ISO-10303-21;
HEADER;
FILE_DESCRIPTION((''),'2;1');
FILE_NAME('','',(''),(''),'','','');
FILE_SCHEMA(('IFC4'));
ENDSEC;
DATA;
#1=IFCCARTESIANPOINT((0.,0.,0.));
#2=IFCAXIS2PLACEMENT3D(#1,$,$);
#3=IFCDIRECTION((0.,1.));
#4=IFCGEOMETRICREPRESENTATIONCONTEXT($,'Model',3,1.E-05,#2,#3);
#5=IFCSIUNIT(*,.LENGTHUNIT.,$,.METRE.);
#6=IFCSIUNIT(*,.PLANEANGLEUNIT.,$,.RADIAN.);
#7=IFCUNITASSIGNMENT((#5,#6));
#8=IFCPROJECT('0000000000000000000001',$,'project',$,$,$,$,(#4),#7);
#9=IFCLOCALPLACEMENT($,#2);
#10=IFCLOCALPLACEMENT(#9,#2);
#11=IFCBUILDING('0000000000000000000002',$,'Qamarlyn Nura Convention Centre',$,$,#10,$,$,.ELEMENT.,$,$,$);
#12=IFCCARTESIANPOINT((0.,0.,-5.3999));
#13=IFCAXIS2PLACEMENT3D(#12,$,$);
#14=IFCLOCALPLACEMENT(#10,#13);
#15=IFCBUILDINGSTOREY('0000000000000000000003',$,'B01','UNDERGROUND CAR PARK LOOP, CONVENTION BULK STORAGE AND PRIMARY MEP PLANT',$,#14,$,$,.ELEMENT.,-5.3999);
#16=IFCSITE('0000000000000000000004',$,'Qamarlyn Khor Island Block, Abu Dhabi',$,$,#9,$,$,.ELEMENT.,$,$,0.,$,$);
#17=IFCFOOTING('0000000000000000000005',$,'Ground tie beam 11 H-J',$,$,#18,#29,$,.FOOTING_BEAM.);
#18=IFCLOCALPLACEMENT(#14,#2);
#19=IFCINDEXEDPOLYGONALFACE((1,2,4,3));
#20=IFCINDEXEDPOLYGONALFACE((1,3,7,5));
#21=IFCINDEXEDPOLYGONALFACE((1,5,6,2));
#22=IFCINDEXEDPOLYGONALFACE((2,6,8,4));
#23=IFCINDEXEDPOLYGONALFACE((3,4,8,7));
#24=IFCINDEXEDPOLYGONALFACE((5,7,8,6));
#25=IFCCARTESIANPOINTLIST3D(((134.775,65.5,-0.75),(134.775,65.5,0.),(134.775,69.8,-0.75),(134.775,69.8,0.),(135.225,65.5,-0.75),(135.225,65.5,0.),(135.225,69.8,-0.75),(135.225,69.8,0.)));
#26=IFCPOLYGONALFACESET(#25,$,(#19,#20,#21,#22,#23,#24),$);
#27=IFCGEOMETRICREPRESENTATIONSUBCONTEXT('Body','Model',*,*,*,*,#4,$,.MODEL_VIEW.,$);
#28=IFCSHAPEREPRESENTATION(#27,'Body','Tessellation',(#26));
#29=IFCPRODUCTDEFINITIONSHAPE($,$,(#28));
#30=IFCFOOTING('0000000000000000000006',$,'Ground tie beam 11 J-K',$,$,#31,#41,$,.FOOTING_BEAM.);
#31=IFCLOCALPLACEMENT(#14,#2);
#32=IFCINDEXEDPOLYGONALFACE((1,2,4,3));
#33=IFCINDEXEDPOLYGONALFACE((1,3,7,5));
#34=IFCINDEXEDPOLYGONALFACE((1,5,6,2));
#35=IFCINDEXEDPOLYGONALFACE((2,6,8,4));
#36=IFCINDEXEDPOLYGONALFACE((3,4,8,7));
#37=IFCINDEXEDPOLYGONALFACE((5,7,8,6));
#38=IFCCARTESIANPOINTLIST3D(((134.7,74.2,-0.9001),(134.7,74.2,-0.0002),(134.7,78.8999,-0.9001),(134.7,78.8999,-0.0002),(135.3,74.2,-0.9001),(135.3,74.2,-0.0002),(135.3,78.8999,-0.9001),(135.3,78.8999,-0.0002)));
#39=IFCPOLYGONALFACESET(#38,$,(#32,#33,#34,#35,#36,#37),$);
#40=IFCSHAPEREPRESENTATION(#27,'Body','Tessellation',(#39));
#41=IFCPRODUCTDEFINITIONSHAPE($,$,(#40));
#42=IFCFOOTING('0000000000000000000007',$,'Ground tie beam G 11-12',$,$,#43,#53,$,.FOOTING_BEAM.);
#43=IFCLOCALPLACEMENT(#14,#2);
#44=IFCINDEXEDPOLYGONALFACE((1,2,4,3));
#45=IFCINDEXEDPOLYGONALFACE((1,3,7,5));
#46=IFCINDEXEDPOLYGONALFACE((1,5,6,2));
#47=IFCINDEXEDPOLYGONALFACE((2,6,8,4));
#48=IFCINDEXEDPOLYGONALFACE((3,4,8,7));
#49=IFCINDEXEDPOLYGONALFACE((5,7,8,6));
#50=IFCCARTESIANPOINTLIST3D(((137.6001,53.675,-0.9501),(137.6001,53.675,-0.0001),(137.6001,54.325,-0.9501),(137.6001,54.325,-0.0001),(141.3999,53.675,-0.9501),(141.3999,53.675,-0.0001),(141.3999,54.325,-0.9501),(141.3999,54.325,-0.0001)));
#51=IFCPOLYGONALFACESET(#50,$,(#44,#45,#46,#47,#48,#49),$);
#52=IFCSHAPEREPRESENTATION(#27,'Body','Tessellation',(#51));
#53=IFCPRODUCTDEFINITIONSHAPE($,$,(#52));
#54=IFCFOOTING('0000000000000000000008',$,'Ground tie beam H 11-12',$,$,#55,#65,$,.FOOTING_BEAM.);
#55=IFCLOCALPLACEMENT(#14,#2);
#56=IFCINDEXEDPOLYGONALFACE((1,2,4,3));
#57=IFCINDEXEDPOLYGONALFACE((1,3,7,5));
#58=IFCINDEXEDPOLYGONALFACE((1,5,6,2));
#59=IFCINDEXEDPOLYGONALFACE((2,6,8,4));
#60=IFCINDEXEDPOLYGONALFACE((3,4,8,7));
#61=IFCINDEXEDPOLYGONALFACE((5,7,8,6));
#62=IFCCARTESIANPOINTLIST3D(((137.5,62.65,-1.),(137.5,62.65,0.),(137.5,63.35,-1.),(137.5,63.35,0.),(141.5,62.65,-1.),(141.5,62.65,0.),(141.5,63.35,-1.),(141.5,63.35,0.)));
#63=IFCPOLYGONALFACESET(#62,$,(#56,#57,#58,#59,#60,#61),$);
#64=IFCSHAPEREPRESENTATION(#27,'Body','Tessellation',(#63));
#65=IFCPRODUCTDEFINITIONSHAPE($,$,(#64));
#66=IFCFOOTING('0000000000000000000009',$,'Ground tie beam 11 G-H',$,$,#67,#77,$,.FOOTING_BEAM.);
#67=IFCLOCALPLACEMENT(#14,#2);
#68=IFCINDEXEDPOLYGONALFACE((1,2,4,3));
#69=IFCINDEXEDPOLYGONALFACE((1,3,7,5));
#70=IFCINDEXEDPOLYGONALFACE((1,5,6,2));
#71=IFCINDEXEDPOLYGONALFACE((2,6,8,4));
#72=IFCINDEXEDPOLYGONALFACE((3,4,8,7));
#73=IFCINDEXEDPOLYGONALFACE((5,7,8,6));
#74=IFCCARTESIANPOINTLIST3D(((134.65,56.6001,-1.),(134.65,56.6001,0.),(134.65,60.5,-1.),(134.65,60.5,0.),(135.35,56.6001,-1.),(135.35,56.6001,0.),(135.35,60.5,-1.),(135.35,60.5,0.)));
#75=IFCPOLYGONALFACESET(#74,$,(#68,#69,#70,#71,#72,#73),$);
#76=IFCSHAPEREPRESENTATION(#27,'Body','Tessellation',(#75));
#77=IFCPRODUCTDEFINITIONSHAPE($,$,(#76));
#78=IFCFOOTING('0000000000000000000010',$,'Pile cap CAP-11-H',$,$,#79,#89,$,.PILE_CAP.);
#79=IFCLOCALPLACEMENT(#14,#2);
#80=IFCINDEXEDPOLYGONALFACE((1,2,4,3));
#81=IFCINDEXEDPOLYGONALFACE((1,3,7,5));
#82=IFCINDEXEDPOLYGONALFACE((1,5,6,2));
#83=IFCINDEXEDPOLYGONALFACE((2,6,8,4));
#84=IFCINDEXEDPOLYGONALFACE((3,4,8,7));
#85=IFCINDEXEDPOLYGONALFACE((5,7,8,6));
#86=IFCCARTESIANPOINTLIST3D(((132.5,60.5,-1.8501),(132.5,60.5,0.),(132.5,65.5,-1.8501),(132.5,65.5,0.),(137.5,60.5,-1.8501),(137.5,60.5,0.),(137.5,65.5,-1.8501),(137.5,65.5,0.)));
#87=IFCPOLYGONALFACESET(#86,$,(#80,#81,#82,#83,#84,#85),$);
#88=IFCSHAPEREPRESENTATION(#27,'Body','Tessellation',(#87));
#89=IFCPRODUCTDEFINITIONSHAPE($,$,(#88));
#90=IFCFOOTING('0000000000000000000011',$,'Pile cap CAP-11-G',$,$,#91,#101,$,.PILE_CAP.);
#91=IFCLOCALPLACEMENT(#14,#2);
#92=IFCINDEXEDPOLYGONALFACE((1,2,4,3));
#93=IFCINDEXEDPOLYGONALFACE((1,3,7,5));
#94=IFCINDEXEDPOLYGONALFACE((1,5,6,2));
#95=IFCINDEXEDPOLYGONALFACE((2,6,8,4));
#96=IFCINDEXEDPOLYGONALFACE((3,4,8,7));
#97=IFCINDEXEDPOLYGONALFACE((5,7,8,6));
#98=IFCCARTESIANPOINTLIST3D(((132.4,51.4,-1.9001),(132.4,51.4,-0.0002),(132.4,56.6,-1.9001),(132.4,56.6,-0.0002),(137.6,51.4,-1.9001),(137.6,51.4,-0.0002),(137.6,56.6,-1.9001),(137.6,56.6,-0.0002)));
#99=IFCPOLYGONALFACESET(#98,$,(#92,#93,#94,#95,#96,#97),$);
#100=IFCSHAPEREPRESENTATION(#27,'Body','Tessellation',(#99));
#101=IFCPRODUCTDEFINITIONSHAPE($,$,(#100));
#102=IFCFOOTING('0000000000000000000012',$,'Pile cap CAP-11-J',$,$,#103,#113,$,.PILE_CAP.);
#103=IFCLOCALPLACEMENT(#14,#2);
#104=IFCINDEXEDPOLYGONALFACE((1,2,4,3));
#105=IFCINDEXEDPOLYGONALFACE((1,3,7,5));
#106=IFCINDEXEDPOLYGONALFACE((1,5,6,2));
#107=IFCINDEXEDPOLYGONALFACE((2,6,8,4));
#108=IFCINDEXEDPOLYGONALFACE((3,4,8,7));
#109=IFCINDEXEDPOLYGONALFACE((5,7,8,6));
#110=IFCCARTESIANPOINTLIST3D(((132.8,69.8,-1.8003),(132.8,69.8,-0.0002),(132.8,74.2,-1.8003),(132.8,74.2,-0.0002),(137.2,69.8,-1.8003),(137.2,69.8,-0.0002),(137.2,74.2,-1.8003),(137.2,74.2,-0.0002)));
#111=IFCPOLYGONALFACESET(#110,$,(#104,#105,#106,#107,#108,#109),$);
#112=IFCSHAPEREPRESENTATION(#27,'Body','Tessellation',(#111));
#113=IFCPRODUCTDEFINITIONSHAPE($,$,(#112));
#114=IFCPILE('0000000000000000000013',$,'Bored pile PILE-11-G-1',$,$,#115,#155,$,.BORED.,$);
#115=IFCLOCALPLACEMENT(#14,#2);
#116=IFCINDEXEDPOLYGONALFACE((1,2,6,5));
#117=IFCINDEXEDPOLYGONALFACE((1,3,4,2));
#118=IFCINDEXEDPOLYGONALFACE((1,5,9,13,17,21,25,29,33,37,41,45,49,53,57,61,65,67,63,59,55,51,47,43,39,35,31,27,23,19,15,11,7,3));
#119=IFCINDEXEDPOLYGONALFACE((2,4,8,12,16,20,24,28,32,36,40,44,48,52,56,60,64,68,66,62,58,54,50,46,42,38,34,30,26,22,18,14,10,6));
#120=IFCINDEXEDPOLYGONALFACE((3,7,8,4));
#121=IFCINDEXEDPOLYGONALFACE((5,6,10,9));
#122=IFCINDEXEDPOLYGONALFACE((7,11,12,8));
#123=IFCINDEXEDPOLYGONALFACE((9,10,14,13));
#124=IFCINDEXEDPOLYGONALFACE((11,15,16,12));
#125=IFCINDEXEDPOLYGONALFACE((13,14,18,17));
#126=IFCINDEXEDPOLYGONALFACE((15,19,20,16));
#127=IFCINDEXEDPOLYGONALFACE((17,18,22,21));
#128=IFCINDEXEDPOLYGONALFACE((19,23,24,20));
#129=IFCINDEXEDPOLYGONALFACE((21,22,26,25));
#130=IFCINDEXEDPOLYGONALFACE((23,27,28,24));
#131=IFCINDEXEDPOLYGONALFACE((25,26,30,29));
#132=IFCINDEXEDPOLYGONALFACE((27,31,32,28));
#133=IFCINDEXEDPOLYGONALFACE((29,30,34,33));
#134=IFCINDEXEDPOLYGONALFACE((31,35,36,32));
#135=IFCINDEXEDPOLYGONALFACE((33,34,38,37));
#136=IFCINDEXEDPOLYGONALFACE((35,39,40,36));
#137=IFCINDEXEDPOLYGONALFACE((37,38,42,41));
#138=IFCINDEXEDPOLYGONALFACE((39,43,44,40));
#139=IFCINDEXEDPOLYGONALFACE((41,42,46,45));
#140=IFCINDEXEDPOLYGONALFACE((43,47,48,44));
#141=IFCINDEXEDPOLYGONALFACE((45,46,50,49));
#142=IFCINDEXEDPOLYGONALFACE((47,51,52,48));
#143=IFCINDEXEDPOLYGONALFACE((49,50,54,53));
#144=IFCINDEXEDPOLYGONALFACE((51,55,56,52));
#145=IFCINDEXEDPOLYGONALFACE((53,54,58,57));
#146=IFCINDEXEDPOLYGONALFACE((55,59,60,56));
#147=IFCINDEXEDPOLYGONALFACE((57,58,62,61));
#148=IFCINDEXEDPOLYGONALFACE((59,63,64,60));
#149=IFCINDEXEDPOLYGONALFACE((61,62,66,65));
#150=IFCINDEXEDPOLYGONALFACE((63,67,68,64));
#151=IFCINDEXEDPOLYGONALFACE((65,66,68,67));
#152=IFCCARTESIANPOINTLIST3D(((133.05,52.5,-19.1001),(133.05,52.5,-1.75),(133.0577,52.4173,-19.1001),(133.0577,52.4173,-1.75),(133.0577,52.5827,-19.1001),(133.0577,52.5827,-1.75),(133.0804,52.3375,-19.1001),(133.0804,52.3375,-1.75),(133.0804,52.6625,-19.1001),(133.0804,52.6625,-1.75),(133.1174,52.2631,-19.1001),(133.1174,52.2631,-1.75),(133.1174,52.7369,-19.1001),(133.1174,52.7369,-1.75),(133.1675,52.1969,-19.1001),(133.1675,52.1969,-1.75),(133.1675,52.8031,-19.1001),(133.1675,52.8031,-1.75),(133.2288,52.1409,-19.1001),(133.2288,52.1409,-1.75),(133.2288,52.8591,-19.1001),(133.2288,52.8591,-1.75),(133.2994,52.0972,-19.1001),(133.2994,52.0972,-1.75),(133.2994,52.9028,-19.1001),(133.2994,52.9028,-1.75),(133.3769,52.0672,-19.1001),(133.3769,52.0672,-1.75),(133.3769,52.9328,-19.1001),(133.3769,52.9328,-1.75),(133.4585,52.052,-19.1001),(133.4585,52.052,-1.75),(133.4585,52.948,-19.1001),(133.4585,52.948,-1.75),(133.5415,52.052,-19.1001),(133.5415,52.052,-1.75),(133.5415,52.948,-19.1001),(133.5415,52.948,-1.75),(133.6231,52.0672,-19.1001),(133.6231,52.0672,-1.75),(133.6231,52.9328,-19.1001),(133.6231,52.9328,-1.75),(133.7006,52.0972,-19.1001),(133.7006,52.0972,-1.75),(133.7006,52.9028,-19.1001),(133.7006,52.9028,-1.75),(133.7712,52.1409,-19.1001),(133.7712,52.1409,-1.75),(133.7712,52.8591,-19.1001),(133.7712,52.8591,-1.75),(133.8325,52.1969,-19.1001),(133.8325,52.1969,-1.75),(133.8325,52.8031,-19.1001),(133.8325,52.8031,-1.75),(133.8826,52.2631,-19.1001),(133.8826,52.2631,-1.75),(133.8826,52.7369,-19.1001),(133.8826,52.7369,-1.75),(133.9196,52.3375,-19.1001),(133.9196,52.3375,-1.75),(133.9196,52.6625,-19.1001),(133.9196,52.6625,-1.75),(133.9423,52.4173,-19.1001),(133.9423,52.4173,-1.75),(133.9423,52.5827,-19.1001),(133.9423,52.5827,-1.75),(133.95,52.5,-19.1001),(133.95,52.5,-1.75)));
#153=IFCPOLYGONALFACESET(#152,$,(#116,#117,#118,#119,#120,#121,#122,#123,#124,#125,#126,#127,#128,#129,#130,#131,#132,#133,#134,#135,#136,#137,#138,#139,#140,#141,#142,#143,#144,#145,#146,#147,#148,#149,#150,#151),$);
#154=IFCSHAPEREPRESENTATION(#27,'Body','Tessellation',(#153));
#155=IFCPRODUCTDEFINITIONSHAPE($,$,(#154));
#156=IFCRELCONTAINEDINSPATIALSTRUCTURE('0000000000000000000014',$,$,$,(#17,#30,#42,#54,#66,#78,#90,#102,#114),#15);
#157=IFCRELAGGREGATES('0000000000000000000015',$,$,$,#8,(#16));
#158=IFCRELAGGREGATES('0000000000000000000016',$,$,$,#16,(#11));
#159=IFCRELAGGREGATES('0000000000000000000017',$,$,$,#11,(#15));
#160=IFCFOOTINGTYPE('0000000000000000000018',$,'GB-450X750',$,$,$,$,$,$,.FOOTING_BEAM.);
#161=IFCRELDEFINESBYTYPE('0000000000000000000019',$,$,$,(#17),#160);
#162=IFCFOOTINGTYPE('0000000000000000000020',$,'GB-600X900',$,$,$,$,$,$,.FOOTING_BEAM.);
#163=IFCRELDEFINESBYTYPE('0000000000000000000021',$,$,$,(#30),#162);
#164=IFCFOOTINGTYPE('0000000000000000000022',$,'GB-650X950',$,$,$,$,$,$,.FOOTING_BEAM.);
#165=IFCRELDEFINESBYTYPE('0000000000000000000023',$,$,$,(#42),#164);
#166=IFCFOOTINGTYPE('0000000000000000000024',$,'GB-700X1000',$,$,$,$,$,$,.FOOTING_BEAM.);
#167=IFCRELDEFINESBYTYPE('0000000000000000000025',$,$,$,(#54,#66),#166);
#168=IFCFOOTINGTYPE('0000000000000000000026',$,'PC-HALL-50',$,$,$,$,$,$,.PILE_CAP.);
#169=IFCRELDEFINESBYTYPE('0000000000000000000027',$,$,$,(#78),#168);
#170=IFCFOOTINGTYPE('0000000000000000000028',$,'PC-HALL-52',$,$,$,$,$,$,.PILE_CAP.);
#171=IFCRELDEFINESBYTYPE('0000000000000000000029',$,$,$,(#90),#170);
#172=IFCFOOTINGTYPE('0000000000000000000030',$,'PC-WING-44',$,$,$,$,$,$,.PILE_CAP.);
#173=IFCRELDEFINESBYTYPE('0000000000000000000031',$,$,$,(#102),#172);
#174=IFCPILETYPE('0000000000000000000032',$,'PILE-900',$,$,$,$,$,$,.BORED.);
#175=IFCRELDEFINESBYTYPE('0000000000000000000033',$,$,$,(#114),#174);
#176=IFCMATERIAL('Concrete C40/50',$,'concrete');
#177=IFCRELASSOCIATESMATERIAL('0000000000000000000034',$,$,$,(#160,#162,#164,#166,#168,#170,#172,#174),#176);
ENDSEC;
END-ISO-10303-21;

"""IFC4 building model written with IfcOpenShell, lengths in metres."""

from ifc_helpers import new_model, si_unit, direction, frame, origin, origin_2d, place, context, subcontext, project, spatial, rectangle, circle, extrude, material, material_profile, profile_set, type_object, element, save


model = new_model("IFC4")

# Units and contexts
model_context = context("Model", 3, precision=1e-05, world=origin(), true_north=direction((0.0, 1.0)))
body_context = subcontext(model_context, "Body", "Model", "MODEL_VIEW")
ifc_project = project(units=[si_unit("LENGTHUNIT", "METRE"), si_unit("PLANEANGLEUNIT", "RADIAN")], contexts=[model_context])

# Site, building, storey
site_placement = place(None, origin())
site = spatial("IfcSite", under=ifc_project, at=site_placement, Name="Qamarlyn Khor Island Block, Abu Dhabi", CompositionType="ELEMENT", RefElevation=0.0)
building_placement = place(site_placement, origin())
building = spatial("IfcBuilding", under=site, at=building_placement, Name="Qamarlyn Nura Convention Centre", CompositionType="ELEMENT")
storey_placement = place(building_placement, frame((0.0, 0.0, -5.3999)))
storey = spatial("IfcBuildingStorey", under=building, at=storey_placement, Name="B01", Description="UNDERGROUND CAR PARK LOOP, CONVENTION BULK STORAGE AND PRIMARY MEP PLANT", CompositionType="ELEMENT", Elevation=-5.3999)

# Footings
ifc_material_1 = material(Name="Concrete C40/50", Category="concrete")
ifc_material_profile_1 = material_profile(ifc_material_1, rectangle(XDim=0.45, YDim=0.75, at=origin_2d()), Name="RC GB 450x750")
ifc_profile_set_1 = profile_set([ifc_material_profile_1], Name="Concrete C40/50")
footing_type_1 = type_object("IfcFootingType", Name="GB-450X750", PredefinedType="FOOTING_BEAM", material=ifc_profile_set_1)
footing_1_placement = place(storey_placement, frame((135.0, 65.5, -0.375), z_axis=(0.0, 1.0, 0.0), x_axis=(-1.0, 0.0, 0.0)))
element("IfcFooting", 1, at=footing_1_placement, inside=storey, type_object=footing_type_1, Name="Ground tie beam 11 H-J", PredefinedType="FOOTING_BEAM", context=body_context, shape_type="SweptSolid", body=[
    extrude(rectangle(XDim=0.45, YDim=0.75, at=origin_2d()), origin(), (0.0, 0.0, 1.0), 4.3),
])
ifc_material_profile_2 = material_profile(ifc_material_1, rectangle(XDim=0.6001, YDim=0.8999, at=origin_2d()), Name="RC GB 600x900")
ifc_profile_set_2 = profile_set([ifc_material_profile_2], Name="Concrete C40/50")
footing_type_2 = type_object("IfcFootingType", Name="GB-600X900", PredefinedType="FOOTING_BEAM", material=ifc_profile_set_2)
footing_2_placement = place(storey_placement, frame((135.0, 74.2, -0.4502), z_axis=(0.0, 1.0, 0.0), x_axis=(-1.0, 0.0, 0.0)))
element("IfcFooting", 2, at=footing_2_placement, inside=storey, type_object=footing_type_2, Name="Ground tie beam 11 J-K", PredefinedType="FOOTING_BEAM", context=body_context, shape_type="SweptSolid", body=[
    extrude(rectangle(XDim=0.6001, YDim=0.8999, at=origin_2d()), origin(), (0.0, 0.0, 1.0), 4.7),
])
ifc_material_profile_3 = material_profile(ifc_material_1, rectangle(XDim=0.6499, YDim=0.95, at=origin_2d()), Name="RC GB 650x950")
ifc_profile_set_3 = profile_set([ifc_material_profile_3], Name="Concrete C40/50")
footing_type_3 = type_object("IfcFootingType", Name="GB-650X950", PredefinedType="FOOTING_BEAM", material=ifc_profile_set_3)
footing_3_placement = place(storey_placement, frame((137.6001, 54.0, -0.4751), z_axis=(1.0, 0.0, 0.0), x_axis=(0.0, 1.0, 0.0)))
element("IfcFooting", 3, at=footing_3_placement, inside=storey, type_object=footing_type_3, Name="Ground tie beam G 11-12", PredefinedType="FOOTING_BEAM", context=body_context, shape_type="SweptSolid", body=[
    extrude(rectangle(XDim=0.6499, YDim=0.95, at=origin_2d()), origin(), (0.0, 0.0, 1.0), 3.7998),
])
ifc_material_profile_4 = material_profile(ifc_material_1, rectangle(XDim=0.7, YDim=1.0, at=origin_2d()), Name="RC GB 700x1000")
ifc_profile_set_4 = profile_set([ifc_material_profile_4], Name="Concrete C40/50")
footing_type_4 = type_object("IfcFootingType", Name="GB-700X1000", PredefinedType="FOOTING_BEAM", material=ifc_profile_set_4)
footing_4_placement = place(storey_placement, frame((137.5, 63.0, -0.5), z_axis=(1.0, 0.0, 0.0), x_axis=(0.0, 1.0, 0.0)))
element("IfcFooting", 4, at=footing_4_placement, inside=storey, type_object=footing_type_4, Name="Ground tie beam H 11-12", PredefinedType="FOOTING_BEAM", context=body_context, shape_type="SweptSolid", body=[
    extrude(rectangle(XDim=0.7, YDim=1.0, at=origin_2d()), origin(), (0.0, 0.0, 1.0), 4.0),
])
footing_5_placement = place(storey_placement, frame((135.0, 56.6001, -0.5), z_axis=(0.0, 1.0, 0.0), x_axis=(-1.0, 0.0, 0.0)))
element("IfcFooting", 5, at=footing_5_placement, inside=storey, type_object=footing_type_4, Name="Ground tie beam 11 G-H", PredefinedType="FOOTING_BEAM", context=body_context, shape_type="SweptSolid", body=[
    extrude(rectangle(XDim=0.7, YDim=1.0, at=origin_2d()), origin(), (0.0, 0.0, 1.0), 3.8999),
])
footing_type_5 = type_object("IfcFootingType", Name="PC-HALL-50", PredefinedType="PILE_CAP", material=ifc_material_1)
footing_6_placement = place(storey_placement, frame((135.0, 63.0, -1.8501), z_axis=(0.0, 0.0, 1.0), x_axis=(1.0, 0.0, 0.0)))
element("IfcFooting", 6, at=footing_6_placement, inside=storey, type_object=footing_type_5, Name="Pile cap CAP-11-H", PredefinedType="PILE_CAP", context=body_context, shape_type="SweptSolid", body=[
    extrude(rectangle(XDim=5.0, YDim=5.0, at=origin_2d()), origin(), (0.0, 0.0, 1.0), 1.8501),
])
footing_type_6 = type_object("IfcFootingType", Name="PC-HALL-52", PredefinedType="PILE_CAP", material=ifc_material_1)
footing_7_placement = place(storey_placement, frame((135.0, 54.0, -1.9001), z_axis=(0.0, 0.0, 1.0), x_axis=(1.0, 0.0, 0.0)))
element("IfcFooting", 7, at=footing_7_placement, inside=storey, type_object=footing_type_6, Name="Pile cap CAP-11-G", PredefinedType="PILE_CAP", context=body_context, shape_type="SweptSolid", body=[
    extrude(rectangle(XDim=5.2, YDim=5.2, at=origin_2d()), origin(), (0.0, 0.0, 1.0), 1.8999),
])
footing_type_7 = type_object("IfcFootingType", Name="PC-WING-44", PredefinedType="PILE_CAP", material=ifc_material_1)
footing_8_placement = place(storey_placement, frame((135.0, 72.0, -1.8003), z_axis=(0.0, 0.0, 1.0), x_axis=(1.0, 0.0, 0.0)))
element("IfcFooting", 8, at=footing_8_placement, inside=storey, type_object=footing_type_7, Name="Pile cap CAP-11-J", PredefinedType="PILE_CAP", context=body_context, shape_type="SweptSolid", body=[
    extrude(rectangle(XDim=4.3999, YDim=4.3999, at=origin_2d()), origin(), (0.0, 0.0, 1.0), 1.8),
])

# Pile
ifc_material_profile_5 = material_profile(ifc_material_1, circle(Radius=0.45, at=origin_2d()), Name="BORED PILE 900")
ifc_profile_set_5 = profile_set([ifc_material_profile_5], Name="Concrete C40/50")
pile_type = type_object("IfcPileType", Name="PILE-900", PredefinedType="BORED", material=ifc_profile_set_5)
for number, where, z_axis, x_axis, name in (
    (9, (133.5, 52.5, -1.75), (0.0, 0.0, -1.0), (1.0, 0.0, 0.0), "Bored pile PILE-11-G-1"),
):
    element("IfcPile", number, at=place(storey_placement, frame(where, z_axis=z_axis, x_axis=x_axis)), inside=storey, type_object=pile_type, Name=name, PredefinedType="BORED", context=body_context, shape_type="SweptSolid", body=[
        extrude(circle(Radius=0.45, at=origin_2d()), origin(), (0.0, 0.0, 1.0), 17.3501),
    ])

save(model, "model.ifc")
